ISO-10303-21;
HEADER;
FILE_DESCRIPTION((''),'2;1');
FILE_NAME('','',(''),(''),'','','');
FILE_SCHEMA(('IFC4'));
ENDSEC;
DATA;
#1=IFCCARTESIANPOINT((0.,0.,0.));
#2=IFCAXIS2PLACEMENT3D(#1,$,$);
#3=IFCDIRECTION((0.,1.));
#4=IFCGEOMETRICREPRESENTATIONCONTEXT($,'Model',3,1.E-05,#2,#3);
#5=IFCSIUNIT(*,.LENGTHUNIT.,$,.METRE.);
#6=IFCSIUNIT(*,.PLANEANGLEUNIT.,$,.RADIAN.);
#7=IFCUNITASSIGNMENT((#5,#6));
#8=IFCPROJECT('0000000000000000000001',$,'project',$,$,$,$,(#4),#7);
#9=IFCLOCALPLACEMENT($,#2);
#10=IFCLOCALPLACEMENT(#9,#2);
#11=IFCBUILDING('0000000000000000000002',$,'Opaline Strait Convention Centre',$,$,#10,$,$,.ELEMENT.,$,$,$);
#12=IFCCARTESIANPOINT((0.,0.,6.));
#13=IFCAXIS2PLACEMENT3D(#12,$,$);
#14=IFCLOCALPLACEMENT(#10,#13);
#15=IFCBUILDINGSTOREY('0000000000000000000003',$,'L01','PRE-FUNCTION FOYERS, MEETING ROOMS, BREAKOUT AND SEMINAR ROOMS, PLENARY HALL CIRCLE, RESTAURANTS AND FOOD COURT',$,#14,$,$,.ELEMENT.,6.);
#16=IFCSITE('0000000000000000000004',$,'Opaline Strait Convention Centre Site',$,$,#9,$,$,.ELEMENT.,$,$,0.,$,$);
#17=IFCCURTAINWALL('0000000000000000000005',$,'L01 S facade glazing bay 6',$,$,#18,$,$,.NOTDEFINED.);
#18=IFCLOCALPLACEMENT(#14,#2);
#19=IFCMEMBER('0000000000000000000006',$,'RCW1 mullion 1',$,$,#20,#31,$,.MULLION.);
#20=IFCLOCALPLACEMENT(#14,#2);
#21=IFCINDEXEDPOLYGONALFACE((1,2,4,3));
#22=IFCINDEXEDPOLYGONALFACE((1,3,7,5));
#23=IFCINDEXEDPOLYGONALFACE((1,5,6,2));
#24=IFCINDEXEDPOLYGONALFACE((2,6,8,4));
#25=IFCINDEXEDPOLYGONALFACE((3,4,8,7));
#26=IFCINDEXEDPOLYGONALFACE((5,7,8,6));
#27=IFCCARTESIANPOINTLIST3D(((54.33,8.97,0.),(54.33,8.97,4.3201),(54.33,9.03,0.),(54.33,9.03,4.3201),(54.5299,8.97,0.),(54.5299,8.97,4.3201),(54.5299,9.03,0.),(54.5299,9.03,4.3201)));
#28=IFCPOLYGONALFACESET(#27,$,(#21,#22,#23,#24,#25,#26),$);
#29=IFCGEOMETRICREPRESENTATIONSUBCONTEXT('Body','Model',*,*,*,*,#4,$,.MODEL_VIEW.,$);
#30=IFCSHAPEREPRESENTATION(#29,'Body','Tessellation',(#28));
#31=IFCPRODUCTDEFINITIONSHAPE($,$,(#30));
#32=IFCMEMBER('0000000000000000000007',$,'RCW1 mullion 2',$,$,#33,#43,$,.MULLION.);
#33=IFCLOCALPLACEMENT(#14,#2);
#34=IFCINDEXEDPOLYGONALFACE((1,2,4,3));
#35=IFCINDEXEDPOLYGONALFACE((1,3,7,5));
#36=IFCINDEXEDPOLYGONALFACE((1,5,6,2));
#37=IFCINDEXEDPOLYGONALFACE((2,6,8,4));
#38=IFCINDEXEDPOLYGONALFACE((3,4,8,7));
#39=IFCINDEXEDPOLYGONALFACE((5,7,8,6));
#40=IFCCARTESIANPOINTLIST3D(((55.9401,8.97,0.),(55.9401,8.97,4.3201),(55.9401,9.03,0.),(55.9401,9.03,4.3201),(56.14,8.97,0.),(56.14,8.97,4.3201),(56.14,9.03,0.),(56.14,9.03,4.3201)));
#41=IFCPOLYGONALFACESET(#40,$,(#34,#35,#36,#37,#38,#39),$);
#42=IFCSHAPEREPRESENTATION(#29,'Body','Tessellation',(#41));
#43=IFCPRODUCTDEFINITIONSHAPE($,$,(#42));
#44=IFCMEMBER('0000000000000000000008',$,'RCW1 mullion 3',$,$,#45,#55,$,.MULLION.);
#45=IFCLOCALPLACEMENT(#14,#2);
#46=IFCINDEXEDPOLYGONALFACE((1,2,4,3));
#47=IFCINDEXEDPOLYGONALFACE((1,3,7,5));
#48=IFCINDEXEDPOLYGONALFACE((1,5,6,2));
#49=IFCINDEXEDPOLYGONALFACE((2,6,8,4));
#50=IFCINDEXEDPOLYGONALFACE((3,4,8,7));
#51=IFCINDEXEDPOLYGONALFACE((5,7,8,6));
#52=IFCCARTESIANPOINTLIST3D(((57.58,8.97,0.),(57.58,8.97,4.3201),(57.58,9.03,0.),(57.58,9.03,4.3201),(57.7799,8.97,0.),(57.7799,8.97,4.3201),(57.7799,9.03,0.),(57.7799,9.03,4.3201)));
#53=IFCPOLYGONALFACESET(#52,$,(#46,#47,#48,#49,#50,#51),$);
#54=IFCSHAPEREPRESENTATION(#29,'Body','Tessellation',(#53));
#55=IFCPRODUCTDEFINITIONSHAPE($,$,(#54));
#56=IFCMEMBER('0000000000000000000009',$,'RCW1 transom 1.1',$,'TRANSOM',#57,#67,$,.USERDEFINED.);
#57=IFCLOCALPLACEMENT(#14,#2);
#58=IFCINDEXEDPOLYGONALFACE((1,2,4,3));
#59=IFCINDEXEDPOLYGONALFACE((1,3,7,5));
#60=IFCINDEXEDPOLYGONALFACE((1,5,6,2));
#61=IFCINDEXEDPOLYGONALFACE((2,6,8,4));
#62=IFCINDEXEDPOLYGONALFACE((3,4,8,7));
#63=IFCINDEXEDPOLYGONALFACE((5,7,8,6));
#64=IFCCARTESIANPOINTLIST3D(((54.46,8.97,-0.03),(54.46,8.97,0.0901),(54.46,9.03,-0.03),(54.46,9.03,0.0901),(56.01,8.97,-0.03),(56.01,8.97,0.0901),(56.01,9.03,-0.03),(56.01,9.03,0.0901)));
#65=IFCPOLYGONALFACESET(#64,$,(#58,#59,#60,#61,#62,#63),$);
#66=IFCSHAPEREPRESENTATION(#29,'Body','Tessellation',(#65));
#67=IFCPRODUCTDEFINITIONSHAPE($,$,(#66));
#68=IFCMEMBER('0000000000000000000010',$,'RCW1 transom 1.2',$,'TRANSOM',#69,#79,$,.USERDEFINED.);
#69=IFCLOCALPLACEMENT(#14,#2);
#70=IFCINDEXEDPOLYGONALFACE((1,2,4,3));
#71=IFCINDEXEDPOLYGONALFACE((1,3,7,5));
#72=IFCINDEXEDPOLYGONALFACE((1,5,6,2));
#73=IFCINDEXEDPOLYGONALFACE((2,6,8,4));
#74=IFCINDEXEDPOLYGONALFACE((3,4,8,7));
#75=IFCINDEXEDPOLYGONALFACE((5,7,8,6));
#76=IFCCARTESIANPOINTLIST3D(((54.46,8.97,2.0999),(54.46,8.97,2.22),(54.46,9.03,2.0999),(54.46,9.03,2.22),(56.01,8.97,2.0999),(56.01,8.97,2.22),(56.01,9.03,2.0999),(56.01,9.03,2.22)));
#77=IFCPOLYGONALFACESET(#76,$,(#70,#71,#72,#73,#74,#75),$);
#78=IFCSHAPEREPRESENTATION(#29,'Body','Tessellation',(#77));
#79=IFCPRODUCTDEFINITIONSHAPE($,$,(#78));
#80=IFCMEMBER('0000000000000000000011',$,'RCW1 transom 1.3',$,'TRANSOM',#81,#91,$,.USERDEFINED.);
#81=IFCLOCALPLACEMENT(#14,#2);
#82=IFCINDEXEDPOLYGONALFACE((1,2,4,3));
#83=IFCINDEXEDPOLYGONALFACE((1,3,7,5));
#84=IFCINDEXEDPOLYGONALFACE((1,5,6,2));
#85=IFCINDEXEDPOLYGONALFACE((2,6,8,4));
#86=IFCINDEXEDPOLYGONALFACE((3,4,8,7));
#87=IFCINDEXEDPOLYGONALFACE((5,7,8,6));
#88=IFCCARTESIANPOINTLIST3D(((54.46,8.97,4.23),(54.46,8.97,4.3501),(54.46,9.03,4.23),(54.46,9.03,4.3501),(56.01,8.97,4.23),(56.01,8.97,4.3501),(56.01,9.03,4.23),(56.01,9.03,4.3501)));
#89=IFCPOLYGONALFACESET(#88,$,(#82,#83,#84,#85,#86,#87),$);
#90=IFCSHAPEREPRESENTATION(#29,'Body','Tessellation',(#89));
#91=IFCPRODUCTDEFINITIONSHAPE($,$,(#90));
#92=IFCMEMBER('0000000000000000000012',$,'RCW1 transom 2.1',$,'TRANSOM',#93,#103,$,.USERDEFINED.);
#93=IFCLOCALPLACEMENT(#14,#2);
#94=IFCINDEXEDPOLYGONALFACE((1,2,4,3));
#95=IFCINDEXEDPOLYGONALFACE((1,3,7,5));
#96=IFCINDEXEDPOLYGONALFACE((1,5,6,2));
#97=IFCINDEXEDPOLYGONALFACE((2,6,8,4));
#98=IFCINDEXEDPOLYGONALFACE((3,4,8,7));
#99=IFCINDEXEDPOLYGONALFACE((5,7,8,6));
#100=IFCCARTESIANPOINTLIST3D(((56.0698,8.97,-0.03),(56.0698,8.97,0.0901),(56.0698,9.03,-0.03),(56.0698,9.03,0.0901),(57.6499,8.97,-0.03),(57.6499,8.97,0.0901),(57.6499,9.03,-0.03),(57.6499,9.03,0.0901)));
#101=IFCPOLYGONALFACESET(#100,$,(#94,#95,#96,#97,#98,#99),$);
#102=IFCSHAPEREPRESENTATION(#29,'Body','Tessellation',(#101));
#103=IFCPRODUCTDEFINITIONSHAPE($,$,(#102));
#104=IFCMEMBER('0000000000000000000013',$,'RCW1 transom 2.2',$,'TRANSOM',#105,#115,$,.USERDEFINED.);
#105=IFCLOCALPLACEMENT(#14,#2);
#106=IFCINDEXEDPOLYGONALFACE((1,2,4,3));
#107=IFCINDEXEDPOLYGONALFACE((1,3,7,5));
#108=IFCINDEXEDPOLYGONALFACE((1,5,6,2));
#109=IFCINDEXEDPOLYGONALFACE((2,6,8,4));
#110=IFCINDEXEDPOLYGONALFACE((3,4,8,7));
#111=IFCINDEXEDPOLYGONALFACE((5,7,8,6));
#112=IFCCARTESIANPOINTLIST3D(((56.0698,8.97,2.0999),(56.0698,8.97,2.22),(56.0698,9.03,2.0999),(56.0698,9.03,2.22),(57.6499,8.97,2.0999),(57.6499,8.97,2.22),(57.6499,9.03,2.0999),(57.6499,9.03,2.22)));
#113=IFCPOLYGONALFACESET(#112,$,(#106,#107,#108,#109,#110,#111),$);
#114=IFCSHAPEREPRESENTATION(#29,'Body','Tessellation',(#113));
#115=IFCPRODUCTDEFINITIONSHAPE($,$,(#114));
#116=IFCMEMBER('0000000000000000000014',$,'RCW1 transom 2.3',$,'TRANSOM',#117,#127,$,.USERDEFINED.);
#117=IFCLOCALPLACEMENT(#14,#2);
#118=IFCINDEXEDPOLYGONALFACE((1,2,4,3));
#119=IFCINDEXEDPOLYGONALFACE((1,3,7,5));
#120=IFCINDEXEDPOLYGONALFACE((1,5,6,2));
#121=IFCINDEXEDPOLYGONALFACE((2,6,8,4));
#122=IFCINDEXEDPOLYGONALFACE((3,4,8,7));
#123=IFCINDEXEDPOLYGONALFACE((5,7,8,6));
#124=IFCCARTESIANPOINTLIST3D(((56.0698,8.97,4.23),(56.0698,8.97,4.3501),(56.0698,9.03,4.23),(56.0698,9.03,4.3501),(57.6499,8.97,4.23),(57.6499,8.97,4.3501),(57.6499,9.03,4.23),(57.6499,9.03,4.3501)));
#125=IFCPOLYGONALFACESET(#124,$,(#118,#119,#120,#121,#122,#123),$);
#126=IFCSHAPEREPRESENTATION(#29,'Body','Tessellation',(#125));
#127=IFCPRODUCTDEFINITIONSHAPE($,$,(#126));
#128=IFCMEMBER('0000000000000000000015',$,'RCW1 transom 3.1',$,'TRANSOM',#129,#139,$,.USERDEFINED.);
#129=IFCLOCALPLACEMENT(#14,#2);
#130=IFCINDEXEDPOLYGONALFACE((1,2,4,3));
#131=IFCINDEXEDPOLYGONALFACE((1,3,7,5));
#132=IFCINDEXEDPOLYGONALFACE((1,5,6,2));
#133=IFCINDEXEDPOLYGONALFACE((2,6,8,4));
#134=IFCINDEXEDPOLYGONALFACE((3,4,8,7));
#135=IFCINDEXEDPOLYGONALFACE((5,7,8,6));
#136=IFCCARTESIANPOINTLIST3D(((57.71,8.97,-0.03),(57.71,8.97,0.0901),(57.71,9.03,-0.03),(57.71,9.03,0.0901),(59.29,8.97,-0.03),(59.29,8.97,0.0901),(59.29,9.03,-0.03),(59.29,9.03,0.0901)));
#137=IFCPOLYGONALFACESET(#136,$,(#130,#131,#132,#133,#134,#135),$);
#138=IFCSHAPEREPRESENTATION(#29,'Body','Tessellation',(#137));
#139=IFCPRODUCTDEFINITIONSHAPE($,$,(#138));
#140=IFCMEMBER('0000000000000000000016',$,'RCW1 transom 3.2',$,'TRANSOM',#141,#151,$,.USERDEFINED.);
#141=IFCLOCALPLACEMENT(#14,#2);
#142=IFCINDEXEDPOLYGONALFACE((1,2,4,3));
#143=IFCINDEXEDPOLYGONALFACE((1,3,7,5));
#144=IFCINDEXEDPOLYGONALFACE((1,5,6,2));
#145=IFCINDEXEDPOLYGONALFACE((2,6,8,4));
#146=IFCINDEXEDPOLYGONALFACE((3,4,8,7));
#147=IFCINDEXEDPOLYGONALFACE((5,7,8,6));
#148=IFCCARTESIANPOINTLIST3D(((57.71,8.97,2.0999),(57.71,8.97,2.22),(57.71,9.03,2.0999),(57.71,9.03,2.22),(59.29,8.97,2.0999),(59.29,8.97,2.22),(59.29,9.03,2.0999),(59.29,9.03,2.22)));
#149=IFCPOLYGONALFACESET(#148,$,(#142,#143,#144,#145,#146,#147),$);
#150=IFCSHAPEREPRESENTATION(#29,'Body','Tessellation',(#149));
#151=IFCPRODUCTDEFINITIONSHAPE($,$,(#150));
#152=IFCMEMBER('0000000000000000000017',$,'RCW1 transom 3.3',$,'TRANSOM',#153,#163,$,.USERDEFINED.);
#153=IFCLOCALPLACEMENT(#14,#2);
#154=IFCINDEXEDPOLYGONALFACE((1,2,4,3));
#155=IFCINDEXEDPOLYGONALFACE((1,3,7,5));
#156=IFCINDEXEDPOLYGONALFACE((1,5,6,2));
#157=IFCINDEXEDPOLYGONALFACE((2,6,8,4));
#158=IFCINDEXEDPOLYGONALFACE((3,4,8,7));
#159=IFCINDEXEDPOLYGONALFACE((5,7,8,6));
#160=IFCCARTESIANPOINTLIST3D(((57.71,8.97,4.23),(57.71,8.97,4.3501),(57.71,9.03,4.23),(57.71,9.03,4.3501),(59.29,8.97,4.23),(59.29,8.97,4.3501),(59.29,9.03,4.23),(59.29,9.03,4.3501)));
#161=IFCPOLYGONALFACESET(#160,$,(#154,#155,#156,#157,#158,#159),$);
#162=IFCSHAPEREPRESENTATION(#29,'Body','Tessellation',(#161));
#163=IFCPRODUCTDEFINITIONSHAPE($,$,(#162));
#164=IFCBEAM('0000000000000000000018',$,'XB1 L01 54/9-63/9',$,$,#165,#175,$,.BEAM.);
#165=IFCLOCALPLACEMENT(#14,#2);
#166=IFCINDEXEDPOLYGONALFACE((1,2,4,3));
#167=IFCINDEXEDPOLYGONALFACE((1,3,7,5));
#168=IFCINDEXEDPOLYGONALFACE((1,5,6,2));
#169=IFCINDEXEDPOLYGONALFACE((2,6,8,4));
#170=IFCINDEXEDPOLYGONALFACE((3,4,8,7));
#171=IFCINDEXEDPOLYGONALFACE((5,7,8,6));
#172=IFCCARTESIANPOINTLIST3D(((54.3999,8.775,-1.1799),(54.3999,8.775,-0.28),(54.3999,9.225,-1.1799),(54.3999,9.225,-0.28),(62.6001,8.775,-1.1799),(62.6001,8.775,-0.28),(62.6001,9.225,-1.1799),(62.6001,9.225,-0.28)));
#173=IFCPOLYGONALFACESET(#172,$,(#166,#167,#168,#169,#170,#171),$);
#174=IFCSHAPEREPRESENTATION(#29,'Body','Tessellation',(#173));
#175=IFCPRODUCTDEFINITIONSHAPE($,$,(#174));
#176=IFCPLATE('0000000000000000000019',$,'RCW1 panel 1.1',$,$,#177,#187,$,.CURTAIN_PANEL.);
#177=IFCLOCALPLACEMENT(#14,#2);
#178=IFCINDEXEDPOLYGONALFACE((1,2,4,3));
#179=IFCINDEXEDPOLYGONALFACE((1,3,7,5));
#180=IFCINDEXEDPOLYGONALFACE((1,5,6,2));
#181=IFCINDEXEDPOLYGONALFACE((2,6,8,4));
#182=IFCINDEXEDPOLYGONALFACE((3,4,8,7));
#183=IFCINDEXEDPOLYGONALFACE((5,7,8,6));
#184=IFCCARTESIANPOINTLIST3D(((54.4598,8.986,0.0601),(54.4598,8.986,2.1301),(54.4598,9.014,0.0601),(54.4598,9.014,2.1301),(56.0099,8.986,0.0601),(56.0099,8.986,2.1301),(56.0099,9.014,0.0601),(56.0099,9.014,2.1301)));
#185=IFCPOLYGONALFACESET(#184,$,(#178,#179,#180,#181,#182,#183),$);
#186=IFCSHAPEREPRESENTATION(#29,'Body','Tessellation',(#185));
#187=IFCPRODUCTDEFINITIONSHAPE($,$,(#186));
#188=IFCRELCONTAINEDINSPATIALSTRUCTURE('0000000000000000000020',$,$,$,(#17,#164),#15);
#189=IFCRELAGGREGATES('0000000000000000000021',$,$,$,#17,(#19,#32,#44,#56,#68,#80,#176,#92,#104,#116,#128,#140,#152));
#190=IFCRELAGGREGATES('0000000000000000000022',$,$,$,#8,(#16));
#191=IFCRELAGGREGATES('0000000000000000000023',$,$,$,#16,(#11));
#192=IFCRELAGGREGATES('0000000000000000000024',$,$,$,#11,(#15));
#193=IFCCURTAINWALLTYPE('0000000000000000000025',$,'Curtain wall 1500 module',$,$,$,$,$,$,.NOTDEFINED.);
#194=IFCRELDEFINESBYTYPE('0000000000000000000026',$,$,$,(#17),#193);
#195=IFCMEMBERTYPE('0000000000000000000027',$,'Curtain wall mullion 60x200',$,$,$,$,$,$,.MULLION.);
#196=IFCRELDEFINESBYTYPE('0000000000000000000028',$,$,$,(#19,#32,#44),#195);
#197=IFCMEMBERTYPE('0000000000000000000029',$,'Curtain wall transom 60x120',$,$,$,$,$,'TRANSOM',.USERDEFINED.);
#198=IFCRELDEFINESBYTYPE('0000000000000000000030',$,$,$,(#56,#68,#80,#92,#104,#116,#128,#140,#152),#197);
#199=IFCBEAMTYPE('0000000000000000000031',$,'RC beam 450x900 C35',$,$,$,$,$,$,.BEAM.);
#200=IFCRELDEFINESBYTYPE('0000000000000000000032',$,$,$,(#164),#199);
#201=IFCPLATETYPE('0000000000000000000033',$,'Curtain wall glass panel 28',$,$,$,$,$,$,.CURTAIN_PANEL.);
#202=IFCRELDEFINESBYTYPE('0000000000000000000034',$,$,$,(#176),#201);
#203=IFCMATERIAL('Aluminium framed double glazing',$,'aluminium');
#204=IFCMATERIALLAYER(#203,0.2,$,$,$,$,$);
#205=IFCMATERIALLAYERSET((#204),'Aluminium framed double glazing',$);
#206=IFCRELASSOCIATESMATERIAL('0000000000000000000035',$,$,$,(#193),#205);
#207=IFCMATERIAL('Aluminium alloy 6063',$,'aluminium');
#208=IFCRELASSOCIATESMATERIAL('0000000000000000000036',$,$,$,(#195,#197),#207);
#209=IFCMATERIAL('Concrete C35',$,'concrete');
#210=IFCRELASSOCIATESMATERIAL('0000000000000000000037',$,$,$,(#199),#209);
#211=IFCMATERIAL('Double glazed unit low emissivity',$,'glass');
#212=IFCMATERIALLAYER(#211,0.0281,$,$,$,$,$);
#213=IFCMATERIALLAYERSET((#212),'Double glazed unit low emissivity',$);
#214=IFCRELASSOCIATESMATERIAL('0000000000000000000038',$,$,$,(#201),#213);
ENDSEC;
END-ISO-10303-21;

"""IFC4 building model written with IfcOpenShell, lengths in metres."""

from ifc_helpers import new_model, si_unit, direction, frame, origin, origin_2d, place, context, subcontext, project, spatial, rectangle, extrude, material, layer, layer_set, material_profile, profile_set, type_object, element, aggregate, save


model = new_model("IFC4")

# Units and contexts
model_context = context("Model", 3, precision=1e-05, world=origin(), true_north=direction((0.0, 1.0)))
body_context = subcontext(model_context, "Body", "Model", "MODEL_VIEW")
ifc_project = project(units=[si_unit("LENGTHUNIT", "METRE"), si_unit("PLANEANGLEUNIT", "RADIAN")], contexts=[model_context])

# Site, building, storey
site_placement = place(None, origin())
site = spatial("IfcSite", under=ifc_project, at=site_placement, Name="Opaline Strait Convention Centre Site", CompositionType="ELEMENT", RefElevation=0.0)
building_placement = place(site_placement, origin())
building = spatial("IfcBuilding", under=site, at=building_placement, Name="Opaline Strait Convention Centre", CompositionType="ELEMENT")
storey_placement = place(building_placement, frame((0.0, 0.0, 6.0)))
storey = spatial("IfcBuildingStorey", under=building, at=storey_placement, Name="L01", Description="PRE-FUNCTION FOYERS, MEETING ROOMS, BREAKOUT AND SEMINAR ROOMS, PLENARY HALL CIRCLE, RESTAURANTS AND FOOD COURT", CompositionType="ELEMENT", Elevation=6.0)

# Curtain wall, members
ifc_material_1 = material(Name="Aluminium framed double glazing", Category="aluminium")
ifc_layer_1 = layer(ifc_material_1, 0.2)
ifc_layer_set_1 = layer_set([ifc_layer_1], Name="Aluminium framed double glazing")
curtain_wall_type = type_object("IfcCurtainWallType", Name="Curtain wall 1500 module", PredefinedType="NOTDEFINED", material=ifc_layer_set_1)
curtain_wall_placement = place(storey_placement, origin())
curtain_wall = element("IfcCurtainWall", 1, at=curtain_wall_placement, inside=storey, type_object=curtain_wall_type, Name="L01 S facade glazing bay 6", PredefinedType="NOTDEFINED")
ifc_material_2 = material(Name="Aluminium alloy 6063", Category="aluminium")
ifc_material_profile_1 = material_profile(ifc_material_2, rectangle(XDim=0.0601, YDim=0.2, at=origin_2d()), Name="Curtain wall mullion 60x200")
ifc_profile_set_1 = profile_set([ifc_material_profile_1], Name="Aluminium alloy 6063")
member_type_1 = type_object("IfcMemberType", Name="Curtain wall mullion 60x200", PredefinedType="MULLION", material=ifc_profile_set_1)
member_1_placement = place(storey_placement, frame((54.4299, 9.0, 0.0), z_axis=(0.0, 0.0, 1.0), x_axis=(0.0, 1.0, 0.0)))
member_1 = element("IfcMember", 2, at=member_1_placement, type_object=member_type_1, Name="RCW1 mullion 1", PredefinedType="MULLION", context=body_context, shape_type="SweptSolid", body=[
    extrude(rectangle(XDim=0.0601, YDim=0.2, at=origin_2d()), origin(), (0.0, 0.0, 1.0), 4.3201),
])
member_2_placement = place(storey_placement, frame((56.04, 9.0, 0.0), z_axis=(0.0, 0.0, 1.0), x_axis=(0.0, 1.0, 0.0)))
member_2 = element("IfcMember", 3, at=member_2_placement, type_object=member_type_1, Name="RCW1 mullion 2", PredefinedType="MULLION", context=body_context, shape_type="SweptSolid", body=[
    extrude(rectangle(XDim=0.0601, YDim=0.2, at=origin_2d()), origin(), (0.0, 0.0, 1.0), 4.3201),
])
member_3_placement = place(storey_placement, frame((57.6799, 9.0, 0.0), z_axis=(0.0, 0.0, 1.0), x_axis=(0.0, 1.0, 0.0)))
member_3 = element("IfcMember", 4, at=member_3_placement, type_object=member_type_1, Name="RCW1 mullion 3", PredefinedType="MULLION", context=body_context, shape_type="SweptSolid", body=[
    extrude(rectangle(XDim=0.0601, YDim=0.2, at=origin_2d()), origin(), (0.0, 0.0, 1.0), 4.3201),
])
ifc_material_profile_2 = material_profile(ifc_material_2, rectangle(XDim=0.0601, YDim=0.1201, at=origin_2d()), Name="Curtain wall transom 60x120")
ifc_profile_set_2 = profile_set([ifc_material_profile_2], Name="Aluminium alloy 6063")
member_type_2 = type_object("IfcMemberType", Name="Curtain wall transom 60x120", ElementType="TRANSOM", PredefinedType="USERDEFINED", material=ifc_profile_set_2)
member_4_placement = place(storey_placement, frame((54.46, 9.0, 0.03), z_axis=(1.0, 0.0, 0.0), x_axis=(0.0, 1.0, 0.0)))
member_4 = element("IfcMember", 5, at=member_4_placement, type_object=member_type_2, Name="RCW1 transom 1.1", ObjectType="TRANSOM", PredefinedType="USERDEFINED", context=body_context, shape_type="SweptSolid", body=[
    extrude(rectangle(XDim=0.0601, YDim=0.1201, at=origin_2d()), origin(), (0.0, 0.0, 1.0), 1.55),
])
member_5_placement = place(storey_placement, frame((54.46, 9.0, 2.1599), z_axis=(1.0, 0.0, 0.0), x_axis=(0.0, 1.0, 0.0)))
member_5 = element("IfcMember", 6, at=member_5_placement, type_object=member_type_2, Name="RCW1 transom 1.2", ObjectType="TRANSOM", PredefinedType="USERDEFINED", context=body_context, shape_type="SweptSolid", body=[
    extrude(rectangle(XDim=0.0601, YDim=0.1201, at=origin_2d()), origin(), (0.0, 0.0, 1.0), 1.55),
])
member_6_placement = place(storey_placement, frame((54.46, 9.0, 4.29), z_axis=(1.0, 0.0, 0.0), x_axis=(0.0, 1.0, 0.0)))
member_6 = element("IfcMember", 7, at=member_6_placement, type_object=member_type_2, Name="RCW1 transom 1.3", ObjectType="TRANSOM", PredefinedType="USERDEFINED", context=body_context, shape_type="SweptSolid", body=[
    extrude(rectangle(XDim=0.0601, YDim=0.1201, at=origin_2d()), origin(), (0.0, 0.0, 1.0), 1.55),
])
member_7_placement = place(storey_placement, frame((56.0698, 9.0, 0.03), z_axis=(1.0, 0.0, 0.0), x_axis=(0.0, 1.0, 0.0)))
member_7 = element("IfcMember", 8, at=member_7_placement, type_object=member_type_2, Name="RCW1 transom 2.1", ObjectType="TRANSOM", PredefinedType="USERDEFINED", context=body_context, shape_type="SweptSolid", body=[
    extrude(rectangle(XDim=0.0601, YDim=0.1201, at=origin_2d()), origin(), (0.0, 0.0, 1.0), 1.5801),
])
member_8_placement = place(storey_placement, frame((56.0698, 9.0, 2.1599), z_axis=(1.0, 0.0, 0.0), x_axis=(0.0, 1.0, 0.0)))
member_8 = element("IfcMember", 9, at=member_8_placement, type_object=member_type_2, Name="RCW1 transom 2.2", ObjectType="TRANSOM", PredefinedType="USERDEFINED", context=body_context, shape_type="SweptSolid", body=[
    extrude(rectangle(XDim=0.0601, YDim=0.1201, at=origin_2d()), origin(), (0.0, 0.0, 1.0), 1.5801),
])
member_9_placement = place(storey_placement, frame((56.0698, 9.0, 4.29), z_axis=(1.0, 0.0, 0.0), x_axis=(0.0, 1.0, 0.0)))
member_9 = element("IfcMember", 10, at=member_9_placement, type_object=member_type_2, Name="RCW1 transom 2.3", ObjectType="TRANSOM", PredefinedType="USERDEFINED", context=body_context, shape_type="SweptSolid", body=[
    extrude(rectangle(XDim=0.0601, YDim=0.1201, at=origin_2d()), origin(), (0.0, 0.0, 1.0), 1.5801),
])
member_10_placement = place(storey_placement, frame((57.71, 9.0, 0.03), z_axis=(1.0, 0.0, 0.0), x_axis=(0.0, 1.0, 0.0)))
member_10 = element("IfcMember", 11, at=member_10_placement, type_object=member_type_2, Name="RCW1 transom 3.1", ObjectType="TRANSOM", PredefinedType="USERDEFINED", context=body_context, shape_type="SweptSolid", body=[
    extrude(rectangle(XDim=0.0601, YDim=0.1201, at=origin_2d()), origin(), (0.0, 0.0, 1.0), 1.5801),
])
member_11_placement = place(storey_placement, frame((57.71, 9.0, 2.1599), z_axis=(1.0, 0.0, 0.0), x_axis=(0.0, 1.0, 0.0)))
member_11 = element("IfcMember", 12, at=member_11_placement, type_object=member_type_2, Name="RCW1 transom 3.2", ObjectType="TRANSOM", PredefinedType="USERDEFINED", context=body_context, shape_type="SweptSolid", body=[
    extrude(rectangle(XDim=0.0601, YDim=0.1201, at=origin_2d()), origin(), (0.0, 0.0, 1.0), 1.5801),
])
member_12_placement = place(storey_placement, frame((57.71, 9.0, 4.29), z_axis=(1.0, 0.0, 0.0), x_axis=(0.0, 1.0, 0.0)))
member_12 = element("IfcMember", 13, at=member_12_placement, type_object=member_type_2, Name="RCW1 transom 3.3", ObjectType="TRANSOM", PredefinedType="USERDEFINED", context=body_context, shape_type="SweptSolid", body=[
    extrude(rectangle(XDim=0.0601, YDim=0.1201, at=origin_2d()), origin(), (0.0, 0.0, 1.0), 1.5801),
])

# Beam
ifc_material_3 = material(Name="Concrete C35", Category="concrete")
ifc_material_profile_3 = material_profile(ifc_material_3, rectangle(XDim=0.45, YDim=0.8999, at=origin_2d()), Name="RC 450x900")
ifc_profile_set_3 = profile_set([ifc_material_profile_3], Name="Concrete C35")
beam_type = type_object("IfcBeamType", Name="RC beam 450x900 C35", PredefinedType="BEAM", material=ifc_profile_set_3)
beam_placement = place(storey_placement, frame((54.3999, 9.0, -0.73), z_axis=(1.0, 0.0, 0.0), x_axis=(0.0, 1.0, 0.0)))
element("IfcBeam", 14, at=beam_placement, inside=storey, type_object=beam_type, Name="XB1 L01 54/9-63/9", PredefinedType="BEAM", context=body_context, shape_type="SweptSolid", body=[
    extrude(rectangle(XDim=0.45, YDim=0.8999, at=origin_2d()), origin(), (0.0, 0.0, 1.0), 8.2002),
])

# Plate
ifc_material_4 = material(Name="Double glazed unit low emissivity", Category="glass")
ifc_layer_2 = layer(ifc_material_4, 0.0281)
ifc_layer_set_2 = layer_set([ifc_layer_2], Name="Double glazed unit low emissivity")
plate_type = type_object("IfcPlateType", Name="Curtain wall glass panel 28", PredefinedType="CURTAIN_PANEL", material=ifc_layer_set_2)
plate_1_placement = place(storey_placement, frame((55.2349, 9.0, 0.0601), z_axis=(0.0, 0.0, 1.0), x_axis=(1.0, 0.0, 0.0)))
plate_1 = element("IfcPlate", 15, at=plate_1_placement, type_object=plate_type, Name="RCW1 panel 1.1", PredefinedType="CURTAIN_PANEL", context=body_context, shape_type="SweptSolid", body=[
    extrude(rectangle(XDim=1.55, YDim=0.0281, at=origin_2d()), origin(), (0.0, 0.0, 1.0), 2.0701),
])
aggregate(curtain_wall, [member_1, member_2, member_3, member_4, member_5, member_6, plate_1, member_7, member_8, member_9, member_10, member_11, member_12])

save(model, "model.ifc")
